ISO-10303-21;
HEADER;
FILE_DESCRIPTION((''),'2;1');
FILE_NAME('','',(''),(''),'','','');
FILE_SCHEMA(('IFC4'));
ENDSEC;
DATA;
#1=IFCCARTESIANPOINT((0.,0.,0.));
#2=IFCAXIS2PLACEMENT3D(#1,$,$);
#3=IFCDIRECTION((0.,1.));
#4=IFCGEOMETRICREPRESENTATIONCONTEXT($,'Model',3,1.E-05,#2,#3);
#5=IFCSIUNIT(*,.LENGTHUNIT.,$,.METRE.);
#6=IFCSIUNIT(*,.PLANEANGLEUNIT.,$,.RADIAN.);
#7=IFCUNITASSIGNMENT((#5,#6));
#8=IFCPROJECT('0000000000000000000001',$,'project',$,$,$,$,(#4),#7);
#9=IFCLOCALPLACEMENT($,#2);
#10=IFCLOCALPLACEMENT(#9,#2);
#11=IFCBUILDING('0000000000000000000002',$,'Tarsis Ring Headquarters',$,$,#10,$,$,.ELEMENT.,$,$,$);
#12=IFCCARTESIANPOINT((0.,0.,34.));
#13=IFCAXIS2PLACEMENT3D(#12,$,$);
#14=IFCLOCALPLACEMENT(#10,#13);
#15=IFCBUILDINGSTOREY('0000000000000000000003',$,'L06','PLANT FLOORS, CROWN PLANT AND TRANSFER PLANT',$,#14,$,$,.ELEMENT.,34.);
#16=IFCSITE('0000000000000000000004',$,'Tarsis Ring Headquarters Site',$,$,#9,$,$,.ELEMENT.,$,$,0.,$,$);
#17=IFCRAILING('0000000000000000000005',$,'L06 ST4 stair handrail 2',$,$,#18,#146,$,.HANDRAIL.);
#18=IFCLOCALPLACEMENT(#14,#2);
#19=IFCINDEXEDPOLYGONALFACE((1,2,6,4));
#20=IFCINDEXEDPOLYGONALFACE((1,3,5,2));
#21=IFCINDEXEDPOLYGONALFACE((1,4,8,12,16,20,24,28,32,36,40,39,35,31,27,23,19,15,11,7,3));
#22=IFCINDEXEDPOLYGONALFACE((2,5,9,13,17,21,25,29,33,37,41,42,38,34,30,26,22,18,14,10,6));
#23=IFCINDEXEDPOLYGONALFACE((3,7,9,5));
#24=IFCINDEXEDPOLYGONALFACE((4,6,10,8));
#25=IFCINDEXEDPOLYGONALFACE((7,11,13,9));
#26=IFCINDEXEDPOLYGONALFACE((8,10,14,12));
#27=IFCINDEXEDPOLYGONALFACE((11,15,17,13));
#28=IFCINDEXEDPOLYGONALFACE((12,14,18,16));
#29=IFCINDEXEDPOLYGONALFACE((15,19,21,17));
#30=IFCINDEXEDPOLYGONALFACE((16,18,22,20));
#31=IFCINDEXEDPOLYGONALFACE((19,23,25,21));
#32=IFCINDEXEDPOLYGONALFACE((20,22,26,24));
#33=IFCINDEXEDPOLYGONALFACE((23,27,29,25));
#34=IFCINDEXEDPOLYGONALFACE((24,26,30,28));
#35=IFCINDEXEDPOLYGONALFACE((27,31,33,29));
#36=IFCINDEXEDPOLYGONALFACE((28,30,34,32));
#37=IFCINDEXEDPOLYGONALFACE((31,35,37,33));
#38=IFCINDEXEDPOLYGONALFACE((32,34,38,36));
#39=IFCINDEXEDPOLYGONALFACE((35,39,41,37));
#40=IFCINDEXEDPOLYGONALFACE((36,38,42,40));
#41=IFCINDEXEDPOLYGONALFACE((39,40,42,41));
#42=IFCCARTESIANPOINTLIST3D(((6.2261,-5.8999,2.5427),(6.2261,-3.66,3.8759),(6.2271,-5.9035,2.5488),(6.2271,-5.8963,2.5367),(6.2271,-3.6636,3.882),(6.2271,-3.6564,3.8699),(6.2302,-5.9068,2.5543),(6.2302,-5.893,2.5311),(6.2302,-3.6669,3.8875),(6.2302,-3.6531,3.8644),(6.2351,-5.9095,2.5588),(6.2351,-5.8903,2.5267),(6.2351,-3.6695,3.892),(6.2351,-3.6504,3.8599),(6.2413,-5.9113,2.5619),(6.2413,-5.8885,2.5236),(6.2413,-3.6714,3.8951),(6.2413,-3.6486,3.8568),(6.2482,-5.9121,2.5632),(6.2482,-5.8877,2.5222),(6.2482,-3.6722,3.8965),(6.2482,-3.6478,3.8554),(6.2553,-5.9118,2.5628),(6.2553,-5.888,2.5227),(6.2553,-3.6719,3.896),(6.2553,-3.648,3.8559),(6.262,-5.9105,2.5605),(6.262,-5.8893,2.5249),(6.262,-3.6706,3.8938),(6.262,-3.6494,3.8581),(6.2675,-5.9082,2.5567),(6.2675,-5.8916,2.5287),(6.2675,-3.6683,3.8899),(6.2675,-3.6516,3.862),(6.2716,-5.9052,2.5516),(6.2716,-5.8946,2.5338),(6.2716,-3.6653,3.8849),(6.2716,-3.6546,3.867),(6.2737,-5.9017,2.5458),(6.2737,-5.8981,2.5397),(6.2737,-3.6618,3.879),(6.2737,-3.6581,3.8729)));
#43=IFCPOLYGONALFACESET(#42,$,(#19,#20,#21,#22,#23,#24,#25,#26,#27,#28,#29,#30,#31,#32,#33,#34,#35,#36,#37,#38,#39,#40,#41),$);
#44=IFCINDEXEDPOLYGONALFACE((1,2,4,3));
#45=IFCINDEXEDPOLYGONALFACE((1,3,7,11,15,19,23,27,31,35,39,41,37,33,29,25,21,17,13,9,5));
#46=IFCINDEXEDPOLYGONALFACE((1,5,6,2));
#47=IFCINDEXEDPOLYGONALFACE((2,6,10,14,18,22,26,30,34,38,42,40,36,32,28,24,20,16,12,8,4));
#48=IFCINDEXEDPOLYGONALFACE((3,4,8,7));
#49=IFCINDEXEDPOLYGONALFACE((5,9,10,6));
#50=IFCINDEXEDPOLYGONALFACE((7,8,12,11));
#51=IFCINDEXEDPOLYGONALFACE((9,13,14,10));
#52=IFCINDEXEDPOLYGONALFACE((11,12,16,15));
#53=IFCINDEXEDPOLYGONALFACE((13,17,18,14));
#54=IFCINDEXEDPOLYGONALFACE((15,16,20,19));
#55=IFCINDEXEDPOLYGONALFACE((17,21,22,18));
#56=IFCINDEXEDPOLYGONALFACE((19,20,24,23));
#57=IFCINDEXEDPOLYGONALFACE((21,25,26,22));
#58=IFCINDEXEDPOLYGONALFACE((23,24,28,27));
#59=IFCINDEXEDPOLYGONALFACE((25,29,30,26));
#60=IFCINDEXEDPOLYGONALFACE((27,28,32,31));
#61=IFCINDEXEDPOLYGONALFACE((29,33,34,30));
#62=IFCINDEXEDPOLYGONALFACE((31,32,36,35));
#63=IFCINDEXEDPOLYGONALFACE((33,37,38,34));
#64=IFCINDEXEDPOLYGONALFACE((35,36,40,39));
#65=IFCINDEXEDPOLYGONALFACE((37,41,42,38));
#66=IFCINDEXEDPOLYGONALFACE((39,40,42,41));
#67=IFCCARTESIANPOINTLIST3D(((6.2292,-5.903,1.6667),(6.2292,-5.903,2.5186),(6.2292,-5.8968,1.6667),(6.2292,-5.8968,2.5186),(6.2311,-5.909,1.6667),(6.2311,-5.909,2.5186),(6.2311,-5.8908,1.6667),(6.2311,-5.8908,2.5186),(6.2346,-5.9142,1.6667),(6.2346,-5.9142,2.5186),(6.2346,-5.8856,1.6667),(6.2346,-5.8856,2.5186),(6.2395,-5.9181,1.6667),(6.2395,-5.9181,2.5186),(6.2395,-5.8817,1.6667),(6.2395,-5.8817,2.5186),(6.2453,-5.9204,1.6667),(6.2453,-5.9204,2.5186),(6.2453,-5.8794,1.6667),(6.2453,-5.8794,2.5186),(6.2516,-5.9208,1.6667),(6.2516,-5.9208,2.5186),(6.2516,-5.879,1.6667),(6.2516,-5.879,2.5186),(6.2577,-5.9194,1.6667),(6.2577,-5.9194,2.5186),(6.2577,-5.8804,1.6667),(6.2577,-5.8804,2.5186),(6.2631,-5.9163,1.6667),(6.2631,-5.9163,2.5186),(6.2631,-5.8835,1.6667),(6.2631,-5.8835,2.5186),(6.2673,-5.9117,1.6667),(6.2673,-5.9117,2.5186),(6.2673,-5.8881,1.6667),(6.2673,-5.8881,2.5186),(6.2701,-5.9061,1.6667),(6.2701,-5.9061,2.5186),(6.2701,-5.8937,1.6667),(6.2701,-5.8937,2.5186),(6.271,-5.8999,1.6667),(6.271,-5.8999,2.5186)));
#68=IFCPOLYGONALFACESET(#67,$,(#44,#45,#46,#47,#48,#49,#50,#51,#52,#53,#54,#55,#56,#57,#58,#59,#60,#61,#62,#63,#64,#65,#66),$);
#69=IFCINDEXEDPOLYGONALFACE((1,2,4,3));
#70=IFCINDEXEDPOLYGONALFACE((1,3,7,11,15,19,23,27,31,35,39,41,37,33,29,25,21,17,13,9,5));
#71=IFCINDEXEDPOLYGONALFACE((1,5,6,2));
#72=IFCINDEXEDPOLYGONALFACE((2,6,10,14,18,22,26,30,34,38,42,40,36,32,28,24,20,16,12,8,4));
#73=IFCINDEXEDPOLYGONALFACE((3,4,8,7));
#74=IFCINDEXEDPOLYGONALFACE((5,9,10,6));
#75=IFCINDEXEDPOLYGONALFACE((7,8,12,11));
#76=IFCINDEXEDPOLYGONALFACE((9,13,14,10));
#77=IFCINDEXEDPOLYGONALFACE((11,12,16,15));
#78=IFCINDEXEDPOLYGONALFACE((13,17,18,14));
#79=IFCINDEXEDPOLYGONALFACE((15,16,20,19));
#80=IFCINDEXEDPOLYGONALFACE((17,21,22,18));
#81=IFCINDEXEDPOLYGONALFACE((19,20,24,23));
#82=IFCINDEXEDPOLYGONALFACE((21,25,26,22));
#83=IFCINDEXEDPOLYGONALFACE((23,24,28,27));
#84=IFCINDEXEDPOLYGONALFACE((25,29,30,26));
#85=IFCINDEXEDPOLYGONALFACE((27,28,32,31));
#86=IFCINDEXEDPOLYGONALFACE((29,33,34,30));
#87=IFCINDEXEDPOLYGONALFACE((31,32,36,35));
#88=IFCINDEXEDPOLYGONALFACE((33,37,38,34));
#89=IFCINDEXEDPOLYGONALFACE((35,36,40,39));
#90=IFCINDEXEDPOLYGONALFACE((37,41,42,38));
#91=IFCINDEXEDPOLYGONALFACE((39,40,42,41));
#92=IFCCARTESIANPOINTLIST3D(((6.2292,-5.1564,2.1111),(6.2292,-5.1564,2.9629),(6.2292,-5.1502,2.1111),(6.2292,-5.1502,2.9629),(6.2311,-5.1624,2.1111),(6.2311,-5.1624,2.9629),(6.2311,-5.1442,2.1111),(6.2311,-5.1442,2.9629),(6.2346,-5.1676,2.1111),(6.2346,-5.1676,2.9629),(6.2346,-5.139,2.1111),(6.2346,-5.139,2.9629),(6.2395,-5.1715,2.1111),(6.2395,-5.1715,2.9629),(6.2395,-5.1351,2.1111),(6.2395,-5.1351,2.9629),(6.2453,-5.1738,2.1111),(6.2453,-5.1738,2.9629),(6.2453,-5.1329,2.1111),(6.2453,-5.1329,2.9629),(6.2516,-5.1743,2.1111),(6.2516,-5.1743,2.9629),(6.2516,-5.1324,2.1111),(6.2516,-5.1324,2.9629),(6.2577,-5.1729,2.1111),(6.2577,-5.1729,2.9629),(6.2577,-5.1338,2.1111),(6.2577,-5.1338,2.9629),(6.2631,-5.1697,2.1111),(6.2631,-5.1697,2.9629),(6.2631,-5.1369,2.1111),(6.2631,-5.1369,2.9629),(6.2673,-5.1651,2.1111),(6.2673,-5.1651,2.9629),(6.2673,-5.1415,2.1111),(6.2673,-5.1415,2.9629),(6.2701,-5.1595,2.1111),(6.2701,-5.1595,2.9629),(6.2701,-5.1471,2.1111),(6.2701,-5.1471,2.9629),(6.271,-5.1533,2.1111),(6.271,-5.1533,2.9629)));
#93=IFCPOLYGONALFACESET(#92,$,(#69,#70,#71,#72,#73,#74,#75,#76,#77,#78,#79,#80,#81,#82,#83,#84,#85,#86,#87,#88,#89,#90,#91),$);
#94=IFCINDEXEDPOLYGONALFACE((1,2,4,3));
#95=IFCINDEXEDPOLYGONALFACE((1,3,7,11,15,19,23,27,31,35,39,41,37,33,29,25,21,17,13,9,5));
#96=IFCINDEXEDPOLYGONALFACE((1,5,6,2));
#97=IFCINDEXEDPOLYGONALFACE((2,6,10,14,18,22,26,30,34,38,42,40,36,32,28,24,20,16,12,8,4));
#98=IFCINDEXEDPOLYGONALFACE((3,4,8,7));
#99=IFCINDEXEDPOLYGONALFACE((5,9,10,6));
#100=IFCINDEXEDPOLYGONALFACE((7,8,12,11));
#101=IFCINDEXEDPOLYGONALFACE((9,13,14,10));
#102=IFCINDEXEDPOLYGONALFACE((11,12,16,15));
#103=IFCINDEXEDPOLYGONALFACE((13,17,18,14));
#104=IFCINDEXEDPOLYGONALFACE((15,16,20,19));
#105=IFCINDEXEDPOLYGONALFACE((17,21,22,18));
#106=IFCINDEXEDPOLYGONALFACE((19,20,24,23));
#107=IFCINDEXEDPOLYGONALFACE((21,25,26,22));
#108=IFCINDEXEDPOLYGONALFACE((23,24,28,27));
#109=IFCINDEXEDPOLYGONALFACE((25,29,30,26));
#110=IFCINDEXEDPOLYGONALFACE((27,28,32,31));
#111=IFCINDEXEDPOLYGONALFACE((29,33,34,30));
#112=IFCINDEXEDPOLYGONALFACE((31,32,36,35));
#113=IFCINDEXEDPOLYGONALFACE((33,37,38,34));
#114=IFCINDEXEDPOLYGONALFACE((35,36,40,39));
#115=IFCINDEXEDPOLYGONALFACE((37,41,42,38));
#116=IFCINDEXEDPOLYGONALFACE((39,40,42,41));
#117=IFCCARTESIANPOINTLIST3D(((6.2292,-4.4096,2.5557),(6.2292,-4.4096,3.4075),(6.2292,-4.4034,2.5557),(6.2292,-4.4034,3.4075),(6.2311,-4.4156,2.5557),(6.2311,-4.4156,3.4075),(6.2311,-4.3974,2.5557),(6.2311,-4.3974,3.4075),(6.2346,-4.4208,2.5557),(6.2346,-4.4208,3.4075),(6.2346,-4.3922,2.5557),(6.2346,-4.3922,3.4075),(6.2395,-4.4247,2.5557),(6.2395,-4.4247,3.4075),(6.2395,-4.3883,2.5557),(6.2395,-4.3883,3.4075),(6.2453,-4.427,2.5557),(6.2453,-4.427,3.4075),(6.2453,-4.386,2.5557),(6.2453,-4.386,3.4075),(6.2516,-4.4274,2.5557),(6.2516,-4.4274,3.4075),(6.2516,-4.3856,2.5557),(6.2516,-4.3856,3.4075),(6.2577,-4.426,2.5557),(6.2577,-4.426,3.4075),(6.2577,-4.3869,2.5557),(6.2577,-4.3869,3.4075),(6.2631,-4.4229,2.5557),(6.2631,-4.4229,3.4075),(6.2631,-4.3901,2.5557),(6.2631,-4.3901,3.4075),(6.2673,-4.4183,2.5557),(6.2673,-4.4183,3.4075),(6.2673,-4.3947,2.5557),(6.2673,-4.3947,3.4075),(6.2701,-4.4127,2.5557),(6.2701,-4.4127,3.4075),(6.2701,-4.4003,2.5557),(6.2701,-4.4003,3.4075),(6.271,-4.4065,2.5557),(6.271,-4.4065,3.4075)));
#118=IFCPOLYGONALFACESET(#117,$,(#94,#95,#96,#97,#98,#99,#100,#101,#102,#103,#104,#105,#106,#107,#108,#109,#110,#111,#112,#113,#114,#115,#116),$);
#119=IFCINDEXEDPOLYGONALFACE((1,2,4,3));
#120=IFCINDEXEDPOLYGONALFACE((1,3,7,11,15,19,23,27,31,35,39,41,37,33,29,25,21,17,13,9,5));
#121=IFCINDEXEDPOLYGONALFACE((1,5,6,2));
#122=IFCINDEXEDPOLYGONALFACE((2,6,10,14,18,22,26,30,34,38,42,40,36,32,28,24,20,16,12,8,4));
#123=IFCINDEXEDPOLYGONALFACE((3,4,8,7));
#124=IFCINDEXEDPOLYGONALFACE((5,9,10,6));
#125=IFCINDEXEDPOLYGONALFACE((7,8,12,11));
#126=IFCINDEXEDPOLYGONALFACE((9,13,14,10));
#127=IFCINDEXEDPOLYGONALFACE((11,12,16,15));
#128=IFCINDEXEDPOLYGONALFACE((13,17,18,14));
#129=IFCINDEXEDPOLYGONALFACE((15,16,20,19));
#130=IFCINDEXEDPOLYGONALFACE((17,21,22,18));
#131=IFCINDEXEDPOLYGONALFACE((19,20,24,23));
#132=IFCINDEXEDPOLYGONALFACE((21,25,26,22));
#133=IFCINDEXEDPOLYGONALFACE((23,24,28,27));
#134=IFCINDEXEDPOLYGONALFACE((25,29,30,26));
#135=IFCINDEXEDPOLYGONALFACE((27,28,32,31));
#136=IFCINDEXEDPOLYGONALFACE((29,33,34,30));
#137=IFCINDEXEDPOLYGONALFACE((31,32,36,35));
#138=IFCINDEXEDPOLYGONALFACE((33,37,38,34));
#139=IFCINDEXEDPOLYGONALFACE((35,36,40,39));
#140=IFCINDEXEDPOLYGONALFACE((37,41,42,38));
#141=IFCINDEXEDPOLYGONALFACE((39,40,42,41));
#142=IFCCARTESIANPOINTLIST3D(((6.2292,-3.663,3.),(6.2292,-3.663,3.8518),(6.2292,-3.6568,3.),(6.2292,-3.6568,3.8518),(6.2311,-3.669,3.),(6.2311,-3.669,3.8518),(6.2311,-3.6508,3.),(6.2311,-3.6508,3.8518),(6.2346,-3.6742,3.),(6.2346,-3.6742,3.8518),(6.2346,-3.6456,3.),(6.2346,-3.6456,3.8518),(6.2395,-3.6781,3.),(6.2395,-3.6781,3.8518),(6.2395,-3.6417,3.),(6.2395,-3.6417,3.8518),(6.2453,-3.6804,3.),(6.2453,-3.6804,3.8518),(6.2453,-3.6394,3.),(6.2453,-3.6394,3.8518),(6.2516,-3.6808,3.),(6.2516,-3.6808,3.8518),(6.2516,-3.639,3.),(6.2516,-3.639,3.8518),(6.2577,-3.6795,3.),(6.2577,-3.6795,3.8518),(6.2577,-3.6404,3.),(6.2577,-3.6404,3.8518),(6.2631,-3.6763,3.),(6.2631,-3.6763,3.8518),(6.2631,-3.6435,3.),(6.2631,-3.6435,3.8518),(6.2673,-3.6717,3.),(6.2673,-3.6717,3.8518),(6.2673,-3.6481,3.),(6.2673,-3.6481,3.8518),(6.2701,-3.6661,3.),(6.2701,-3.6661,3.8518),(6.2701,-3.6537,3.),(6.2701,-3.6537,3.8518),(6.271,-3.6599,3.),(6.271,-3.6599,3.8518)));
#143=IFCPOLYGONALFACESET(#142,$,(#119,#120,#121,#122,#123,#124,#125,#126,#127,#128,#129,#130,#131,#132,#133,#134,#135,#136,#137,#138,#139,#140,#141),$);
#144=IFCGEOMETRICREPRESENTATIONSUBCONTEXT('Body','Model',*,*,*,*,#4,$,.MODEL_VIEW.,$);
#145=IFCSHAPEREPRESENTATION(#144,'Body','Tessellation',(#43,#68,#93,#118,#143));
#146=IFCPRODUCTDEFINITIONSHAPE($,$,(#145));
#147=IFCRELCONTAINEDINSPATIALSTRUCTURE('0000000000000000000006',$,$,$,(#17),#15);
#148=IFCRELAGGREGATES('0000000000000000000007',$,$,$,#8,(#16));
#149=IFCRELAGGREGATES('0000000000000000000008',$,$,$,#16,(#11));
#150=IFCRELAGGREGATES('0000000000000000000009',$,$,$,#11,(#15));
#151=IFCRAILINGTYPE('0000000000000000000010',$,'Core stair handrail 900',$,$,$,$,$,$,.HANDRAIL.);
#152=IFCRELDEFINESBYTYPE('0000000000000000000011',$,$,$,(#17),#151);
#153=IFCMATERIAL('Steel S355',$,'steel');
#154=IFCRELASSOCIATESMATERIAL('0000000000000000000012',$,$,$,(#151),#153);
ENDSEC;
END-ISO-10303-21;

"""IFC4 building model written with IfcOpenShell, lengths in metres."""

from ifc_helpers import new_model, si_unit, direction, frame, origin, origin_2d, place, context, subcontext, project, spatial, circle, extrude, material, type_object, element, save


model = new_model("IFC4")

# Units and contexts
model_context = context("Model", 3, precision=1e-05, world=origin(), true_north=direction((0.0, 1.0)))
body_context = subcontext(model_context, "Body", "Model", "MODEL_VIEW")
ifc_project = project(units=[si_unit("LENGTHUNIT", "METRE"), si_unit("PLANEANGLEUNIT", "RADIAN")], contexts=[model_context])

# Site, building, storey
site_placement = place(None, origin())
site = spatial("IfcSite", under=ifc_project, at=site_placement, Name="Tarsis Ring Headquarters Site", CompositionType="ELEMENT", RefElevation=0.0)
building_placement = place(site_placement, origin())
building = spatial("IfcBuilding", under=site, at=building_placement, Name="Tarsis Ring Headquarters", CompositionType="ELEMENT")
storey_placement = place(building_placement, frame((0.0, 0.0, 34.0)))
storey = spatial("IfcBuildingStorey", under=building, at=storey_placement, Name="L06", Description="PLANT FLOORS, CROWN PLANT AND TRANSFER PLANT", CompositionType="ELEMENT", Elevation=34.0)

# Railing
ifc_material_1 = material(Name="Steel S355", Category="steel")
railing_type_1 = type_object("IfcRailingType", Name="Core stair handrail 900", PredefinedType="HANDRAIL", material=ifc_material_1)
for number, where, name in (
    (1, (6.25, -5.8999, 1.6667), "L06 ST4 stair handrail 2"),
):
    element("IfcRailing", number, at=place(storey_placement, frame(where)), inside=storey, type_object=railing_type_1, Name=name, PredefinedType="HANDRAIL", context=body_context, shape_type="SweptSolid", body=[
        extrude(circle(Radius=0.0239, at=origin_2d()), frame((0.0, 0.0, 0.876), z_axis=(0.0, 0.859306, 0.511462), x_axis=(-1.0, 0.0, 0.0)), (0.0, 0.0, 1.0), 2.6067),
        extrude(circle(Radius=0.021, at=origin_2d()), origin(), (0.0, 0.0, 1.0), 0.8518),
        extrude(circle(Radius=0.021, at=origin_2d()), frame((0.0, 0.7466, 0.4443)), (0.0, 0.0, 1.0), 0.8518),
        extrude(circle(Radius=0.021, at=origin_2d()), frame((0.0, 1.4934, 0.8889)), (0.0, 0.0, 1.0), 0.8518),
        extrude(circle(Radius=0.021, at=origin_2d()), frame((0.0, 2.24, 1.3333)), (0.0, 0.0, 1.0), 0.8518),
    ])

save(model, "model.ifc")
